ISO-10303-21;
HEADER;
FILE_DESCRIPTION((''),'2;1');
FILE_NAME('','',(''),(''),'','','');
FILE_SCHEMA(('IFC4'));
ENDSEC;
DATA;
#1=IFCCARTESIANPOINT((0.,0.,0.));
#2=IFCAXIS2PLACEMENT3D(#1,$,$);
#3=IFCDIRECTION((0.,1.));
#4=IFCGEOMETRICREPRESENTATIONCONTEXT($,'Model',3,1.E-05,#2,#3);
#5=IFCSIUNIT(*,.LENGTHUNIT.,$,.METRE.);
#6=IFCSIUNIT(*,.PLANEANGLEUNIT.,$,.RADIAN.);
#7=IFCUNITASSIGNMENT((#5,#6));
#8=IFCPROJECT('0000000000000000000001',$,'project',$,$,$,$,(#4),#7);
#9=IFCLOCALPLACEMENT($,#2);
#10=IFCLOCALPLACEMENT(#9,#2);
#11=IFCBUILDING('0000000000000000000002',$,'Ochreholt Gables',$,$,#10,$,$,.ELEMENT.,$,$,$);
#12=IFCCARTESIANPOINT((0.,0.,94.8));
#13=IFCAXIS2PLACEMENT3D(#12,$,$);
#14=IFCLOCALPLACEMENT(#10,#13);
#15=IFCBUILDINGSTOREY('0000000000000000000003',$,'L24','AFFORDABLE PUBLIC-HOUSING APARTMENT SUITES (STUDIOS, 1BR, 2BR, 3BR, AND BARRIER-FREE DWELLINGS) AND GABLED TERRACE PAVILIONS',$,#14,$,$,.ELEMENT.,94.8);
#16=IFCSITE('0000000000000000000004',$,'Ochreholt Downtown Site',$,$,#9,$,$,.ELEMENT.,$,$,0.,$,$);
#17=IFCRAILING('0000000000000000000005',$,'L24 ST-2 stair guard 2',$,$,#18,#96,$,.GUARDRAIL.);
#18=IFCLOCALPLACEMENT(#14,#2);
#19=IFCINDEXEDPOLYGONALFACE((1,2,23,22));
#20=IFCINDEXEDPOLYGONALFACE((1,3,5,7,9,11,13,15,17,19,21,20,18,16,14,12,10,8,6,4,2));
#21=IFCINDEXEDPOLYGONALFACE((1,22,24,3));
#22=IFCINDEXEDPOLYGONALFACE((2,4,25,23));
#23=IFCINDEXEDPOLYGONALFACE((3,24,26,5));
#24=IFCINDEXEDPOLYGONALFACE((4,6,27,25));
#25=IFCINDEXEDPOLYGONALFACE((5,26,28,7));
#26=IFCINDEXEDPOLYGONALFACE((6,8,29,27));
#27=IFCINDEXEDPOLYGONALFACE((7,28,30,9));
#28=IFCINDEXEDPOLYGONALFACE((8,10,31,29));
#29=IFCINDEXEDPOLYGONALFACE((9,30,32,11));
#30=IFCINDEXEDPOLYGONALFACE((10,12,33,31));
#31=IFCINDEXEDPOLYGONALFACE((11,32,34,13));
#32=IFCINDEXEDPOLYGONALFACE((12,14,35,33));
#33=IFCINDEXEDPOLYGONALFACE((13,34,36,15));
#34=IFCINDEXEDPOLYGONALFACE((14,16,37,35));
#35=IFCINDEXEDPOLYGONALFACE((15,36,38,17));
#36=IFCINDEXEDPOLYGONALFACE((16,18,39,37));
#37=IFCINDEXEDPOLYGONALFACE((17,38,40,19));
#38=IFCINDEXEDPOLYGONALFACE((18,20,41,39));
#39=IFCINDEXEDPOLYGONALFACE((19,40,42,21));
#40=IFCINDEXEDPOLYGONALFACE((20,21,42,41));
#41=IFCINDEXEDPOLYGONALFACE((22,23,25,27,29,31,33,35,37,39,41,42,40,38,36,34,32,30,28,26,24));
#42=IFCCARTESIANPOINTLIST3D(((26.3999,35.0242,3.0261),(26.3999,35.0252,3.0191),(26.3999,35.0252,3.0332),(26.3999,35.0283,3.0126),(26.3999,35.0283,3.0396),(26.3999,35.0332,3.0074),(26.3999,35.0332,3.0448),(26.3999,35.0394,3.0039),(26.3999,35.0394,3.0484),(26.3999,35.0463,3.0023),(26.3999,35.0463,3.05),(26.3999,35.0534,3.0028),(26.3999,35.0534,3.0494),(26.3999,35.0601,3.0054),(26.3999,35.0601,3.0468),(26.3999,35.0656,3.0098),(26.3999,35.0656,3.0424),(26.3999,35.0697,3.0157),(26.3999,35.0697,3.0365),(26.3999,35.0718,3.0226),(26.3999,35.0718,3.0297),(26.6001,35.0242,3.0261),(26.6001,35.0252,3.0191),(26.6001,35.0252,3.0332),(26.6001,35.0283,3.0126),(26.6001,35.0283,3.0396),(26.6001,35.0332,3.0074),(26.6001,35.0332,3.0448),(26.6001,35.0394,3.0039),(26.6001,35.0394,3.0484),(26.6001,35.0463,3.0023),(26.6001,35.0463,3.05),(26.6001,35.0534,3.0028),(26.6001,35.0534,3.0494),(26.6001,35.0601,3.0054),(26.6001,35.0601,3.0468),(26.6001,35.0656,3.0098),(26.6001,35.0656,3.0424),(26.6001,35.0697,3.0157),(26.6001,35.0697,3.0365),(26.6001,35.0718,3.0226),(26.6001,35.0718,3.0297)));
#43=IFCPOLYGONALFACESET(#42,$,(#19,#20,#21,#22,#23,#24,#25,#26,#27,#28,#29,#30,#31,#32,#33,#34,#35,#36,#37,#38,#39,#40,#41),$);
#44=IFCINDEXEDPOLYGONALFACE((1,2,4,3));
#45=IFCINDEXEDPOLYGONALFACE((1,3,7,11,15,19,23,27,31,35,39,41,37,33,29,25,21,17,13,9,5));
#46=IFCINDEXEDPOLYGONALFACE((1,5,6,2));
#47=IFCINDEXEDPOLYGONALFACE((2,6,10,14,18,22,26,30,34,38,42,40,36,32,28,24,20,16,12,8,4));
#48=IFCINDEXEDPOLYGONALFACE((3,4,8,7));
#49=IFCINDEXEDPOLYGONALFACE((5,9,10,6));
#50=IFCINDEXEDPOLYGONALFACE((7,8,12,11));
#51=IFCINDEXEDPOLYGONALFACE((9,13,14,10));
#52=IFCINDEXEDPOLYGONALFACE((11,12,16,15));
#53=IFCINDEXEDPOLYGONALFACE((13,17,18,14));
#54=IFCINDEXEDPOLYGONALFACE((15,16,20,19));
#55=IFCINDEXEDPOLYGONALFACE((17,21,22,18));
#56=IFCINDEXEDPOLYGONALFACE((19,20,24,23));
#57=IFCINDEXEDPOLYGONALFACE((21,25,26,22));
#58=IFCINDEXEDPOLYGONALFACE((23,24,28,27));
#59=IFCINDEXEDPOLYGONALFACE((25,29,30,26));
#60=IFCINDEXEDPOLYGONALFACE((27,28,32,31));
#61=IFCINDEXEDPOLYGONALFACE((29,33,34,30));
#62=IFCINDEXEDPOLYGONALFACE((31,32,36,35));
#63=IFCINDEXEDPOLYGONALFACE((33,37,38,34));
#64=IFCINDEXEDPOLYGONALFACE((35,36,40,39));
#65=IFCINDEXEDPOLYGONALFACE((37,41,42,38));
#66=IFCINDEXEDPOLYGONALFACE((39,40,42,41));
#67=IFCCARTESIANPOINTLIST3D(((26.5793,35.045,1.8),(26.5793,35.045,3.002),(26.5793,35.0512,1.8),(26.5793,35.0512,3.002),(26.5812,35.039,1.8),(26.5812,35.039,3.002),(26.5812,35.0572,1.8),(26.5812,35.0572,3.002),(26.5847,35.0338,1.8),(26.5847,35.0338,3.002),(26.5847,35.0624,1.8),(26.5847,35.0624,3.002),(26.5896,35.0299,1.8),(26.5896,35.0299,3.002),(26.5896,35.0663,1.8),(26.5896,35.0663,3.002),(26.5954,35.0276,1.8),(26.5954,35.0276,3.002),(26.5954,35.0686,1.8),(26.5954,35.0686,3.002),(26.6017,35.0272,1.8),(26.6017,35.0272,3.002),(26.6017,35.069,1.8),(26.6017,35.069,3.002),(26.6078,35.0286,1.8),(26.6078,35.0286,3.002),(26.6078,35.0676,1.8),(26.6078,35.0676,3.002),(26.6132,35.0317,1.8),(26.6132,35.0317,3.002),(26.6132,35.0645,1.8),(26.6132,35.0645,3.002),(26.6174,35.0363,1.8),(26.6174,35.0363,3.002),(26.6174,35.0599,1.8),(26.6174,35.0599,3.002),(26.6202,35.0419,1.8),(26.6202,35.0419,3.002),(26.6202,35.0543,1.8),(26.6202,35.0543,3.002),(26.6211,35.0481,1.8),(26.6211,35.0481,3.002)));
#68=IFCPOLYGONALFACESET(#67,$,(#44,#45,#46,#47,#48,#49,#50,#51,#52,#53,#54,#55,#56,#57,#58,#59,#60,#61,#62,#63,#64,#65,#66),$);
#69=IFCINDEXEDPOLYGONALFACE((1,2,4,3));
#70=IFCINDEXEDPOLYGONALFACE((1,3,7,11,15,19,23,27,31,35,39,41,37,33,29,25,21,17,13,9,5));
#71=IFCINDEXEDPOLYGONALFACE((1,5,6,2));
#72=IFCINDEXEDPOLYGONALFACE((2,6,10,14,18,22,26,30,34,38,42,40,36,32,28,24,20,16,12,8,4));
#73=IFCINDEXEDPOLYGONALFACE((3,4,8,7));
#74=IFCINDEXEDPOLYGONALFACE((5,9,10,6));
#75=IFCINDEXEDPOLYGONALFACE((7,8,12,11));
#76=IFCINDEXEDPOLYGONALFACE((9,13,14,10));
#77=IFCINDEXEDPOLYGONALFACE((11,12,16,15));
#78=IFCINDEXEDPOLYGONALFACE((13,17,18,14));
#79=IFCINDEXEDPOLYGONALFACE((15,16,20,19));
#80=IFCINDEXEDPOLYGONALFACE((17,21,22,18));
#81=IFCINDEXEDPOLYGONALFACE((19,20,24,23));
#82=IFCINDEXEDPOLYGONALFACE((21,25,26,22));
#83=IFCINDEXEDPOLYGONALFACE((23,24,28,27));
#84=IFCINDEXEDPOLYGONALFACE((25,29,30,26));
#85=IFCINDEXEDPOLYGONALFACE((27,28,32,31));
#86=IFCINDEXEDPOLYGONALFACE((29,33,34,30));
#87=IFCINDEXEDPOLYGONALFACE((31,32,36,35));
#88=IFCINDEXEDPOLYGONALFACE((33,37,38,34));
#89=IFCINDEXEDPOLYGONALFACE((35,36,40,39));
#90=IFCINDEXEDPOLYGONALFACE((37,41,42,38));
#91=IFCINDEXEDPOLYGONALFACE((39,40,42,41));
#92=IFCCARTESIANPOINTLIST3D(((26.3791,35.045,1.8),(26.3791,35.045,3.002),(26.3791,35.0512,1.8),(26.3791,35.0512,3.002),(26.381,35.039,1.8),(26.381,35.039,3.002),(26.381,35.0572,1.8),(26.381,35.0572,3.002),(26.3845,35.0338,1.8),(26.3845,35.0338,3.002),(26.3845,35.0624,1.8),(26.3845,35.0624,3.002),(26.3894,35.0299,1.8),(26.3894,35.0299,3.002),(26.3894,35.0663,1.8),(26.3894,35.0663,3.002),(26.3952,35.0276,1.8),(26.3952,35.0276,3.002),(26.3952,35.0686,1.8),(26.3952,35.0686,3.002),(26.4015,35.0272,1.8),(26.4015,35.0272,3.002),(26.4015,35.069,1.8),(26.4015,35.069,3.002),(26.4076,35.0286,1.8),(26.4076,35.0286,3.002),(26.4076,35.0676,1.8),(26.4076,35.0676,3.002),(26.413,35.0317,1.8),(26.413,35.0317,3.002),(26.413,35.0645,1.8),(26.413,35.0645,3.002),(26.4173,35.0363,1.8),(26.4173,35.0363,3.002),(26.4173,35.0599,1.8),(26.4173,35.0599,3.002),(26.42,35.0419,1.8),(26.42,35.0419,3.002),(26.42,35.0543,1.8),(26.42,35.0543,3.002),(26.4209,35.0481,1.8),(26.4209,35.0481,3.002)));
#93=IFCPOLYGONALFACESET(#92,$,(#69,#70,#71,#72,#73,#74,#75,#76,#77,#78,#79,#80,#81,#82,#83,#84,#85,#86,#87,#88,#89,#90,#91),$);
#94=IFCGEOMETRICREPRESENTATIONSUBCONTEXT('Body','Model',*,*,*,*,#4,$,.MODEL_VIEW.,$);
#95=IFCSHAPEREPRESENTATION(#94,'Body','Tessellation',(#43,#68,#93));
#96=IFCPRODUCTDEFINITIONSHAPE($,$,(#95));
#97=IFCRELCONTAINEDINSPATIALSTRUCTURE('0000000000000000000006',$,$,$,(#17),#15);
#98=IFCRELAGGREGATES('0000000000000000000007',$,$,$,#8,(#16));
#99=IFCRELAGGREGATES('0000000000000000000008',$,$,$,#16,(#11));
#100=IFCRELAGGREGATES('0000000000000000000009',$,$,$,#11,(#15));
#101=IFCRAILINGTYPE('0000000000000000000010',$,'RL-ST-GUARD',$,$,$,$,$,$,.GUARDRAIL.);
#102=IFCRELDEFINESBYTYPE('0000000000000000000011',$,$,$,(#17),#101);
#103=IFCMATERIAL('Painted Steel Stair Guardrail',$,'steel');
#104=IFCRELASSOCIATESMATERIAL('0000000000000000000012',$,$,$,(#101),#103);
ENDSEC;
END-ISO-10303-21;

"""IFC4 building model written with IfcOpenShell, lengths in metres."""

from ifc_helpers import new_model, si_unit, direction, frame, origin, origin_2d, place, context, subcontext, project, spatial, circle, extrude, material, type_object, element, save


model = new_model("IFC4")

# Units and contexts
model_context = context("Model", 3, precision=1e-05, world=origin(), true_north=direction((0.0, 1.0)))
body_context = subcontext(model_context, "Body", "Model", "MODEL_VIEW")
ifc_project = project(units=[si_unit("LENGTHUNIT", "METRE"), si_unit("PLANEANGLEUNIT", "RADIAN")], contexts=[model_context])

# Site, building, storey
site_placement = place(None, origin())
site = spatial("IfcSite", under=ifc_project, at=site_placement, Name="Ochreholt Downtown Site", CompositionType="ELEMENT", RefElevation=0.0)
building_placement = place(site_placement, origin())
building = spatial("IfcBuilding", under=site, at=building_placement, Name="Ochreholt Gables", CompositionType="ELEMENT")
storey_placement = place(building_placement, frame((0.0, 0.0, 94.8)))
storey = spatial("IfcBuildingStorey", under=building, at=storey_placement, Name="L24", Description="AFFORDABLE PUBLIC-HOUSING APARTMENT SUITES (STUDIOS, 1BR, 2BR, 3BR, AND BARRIER-FREE DWELLINGS) AND GABLED TERRACE PAVILIONS", CompositionType="ELEMENT", Elevation=94.8)

# Railing
ifc_material_1 = material(Name="Painted Steel Stair Guardrail", Category="steel")
railing_type_1 = type_object("IfcRailingType", Name="RL-ST-GUARD", PredefinedType="GUARDRAIL", material=ifc_material_1)
railing_1_placement = place(storey_placement, frame((26.6001, 35.0481, 1.8)))
element("IfcRailing", 1, at=railing_1_placement, inside=storey, type_object=railing_type_1, Name="L24 ST-2 stair guard 2", PredefinedType="GUARDRAIL", context=body_context, shape_type="SweptSolid", body=[
    extrude(circle(Radius=0.0239, at=origin_2d()), frame((0.0, 0.0, 1.2261), z_axis=(-1.0, 0.0, 0.0), x_axis=(0.0, -1.0, 0.0)), (0.0, 0.0, 1.0), 0.2002),
    extrude(circle(Radius=0.021, at=origin_2d()), origin(), (0.0, 0.0, 1.0), 1.2019),
    extrude(circle(Radius=0.021, at=origin_2d()), frame((-0.2002, 0.0, 0.0)), (0.0, 0.0, 1.0), 1.2019),
])

save(model, "model.ifc")
